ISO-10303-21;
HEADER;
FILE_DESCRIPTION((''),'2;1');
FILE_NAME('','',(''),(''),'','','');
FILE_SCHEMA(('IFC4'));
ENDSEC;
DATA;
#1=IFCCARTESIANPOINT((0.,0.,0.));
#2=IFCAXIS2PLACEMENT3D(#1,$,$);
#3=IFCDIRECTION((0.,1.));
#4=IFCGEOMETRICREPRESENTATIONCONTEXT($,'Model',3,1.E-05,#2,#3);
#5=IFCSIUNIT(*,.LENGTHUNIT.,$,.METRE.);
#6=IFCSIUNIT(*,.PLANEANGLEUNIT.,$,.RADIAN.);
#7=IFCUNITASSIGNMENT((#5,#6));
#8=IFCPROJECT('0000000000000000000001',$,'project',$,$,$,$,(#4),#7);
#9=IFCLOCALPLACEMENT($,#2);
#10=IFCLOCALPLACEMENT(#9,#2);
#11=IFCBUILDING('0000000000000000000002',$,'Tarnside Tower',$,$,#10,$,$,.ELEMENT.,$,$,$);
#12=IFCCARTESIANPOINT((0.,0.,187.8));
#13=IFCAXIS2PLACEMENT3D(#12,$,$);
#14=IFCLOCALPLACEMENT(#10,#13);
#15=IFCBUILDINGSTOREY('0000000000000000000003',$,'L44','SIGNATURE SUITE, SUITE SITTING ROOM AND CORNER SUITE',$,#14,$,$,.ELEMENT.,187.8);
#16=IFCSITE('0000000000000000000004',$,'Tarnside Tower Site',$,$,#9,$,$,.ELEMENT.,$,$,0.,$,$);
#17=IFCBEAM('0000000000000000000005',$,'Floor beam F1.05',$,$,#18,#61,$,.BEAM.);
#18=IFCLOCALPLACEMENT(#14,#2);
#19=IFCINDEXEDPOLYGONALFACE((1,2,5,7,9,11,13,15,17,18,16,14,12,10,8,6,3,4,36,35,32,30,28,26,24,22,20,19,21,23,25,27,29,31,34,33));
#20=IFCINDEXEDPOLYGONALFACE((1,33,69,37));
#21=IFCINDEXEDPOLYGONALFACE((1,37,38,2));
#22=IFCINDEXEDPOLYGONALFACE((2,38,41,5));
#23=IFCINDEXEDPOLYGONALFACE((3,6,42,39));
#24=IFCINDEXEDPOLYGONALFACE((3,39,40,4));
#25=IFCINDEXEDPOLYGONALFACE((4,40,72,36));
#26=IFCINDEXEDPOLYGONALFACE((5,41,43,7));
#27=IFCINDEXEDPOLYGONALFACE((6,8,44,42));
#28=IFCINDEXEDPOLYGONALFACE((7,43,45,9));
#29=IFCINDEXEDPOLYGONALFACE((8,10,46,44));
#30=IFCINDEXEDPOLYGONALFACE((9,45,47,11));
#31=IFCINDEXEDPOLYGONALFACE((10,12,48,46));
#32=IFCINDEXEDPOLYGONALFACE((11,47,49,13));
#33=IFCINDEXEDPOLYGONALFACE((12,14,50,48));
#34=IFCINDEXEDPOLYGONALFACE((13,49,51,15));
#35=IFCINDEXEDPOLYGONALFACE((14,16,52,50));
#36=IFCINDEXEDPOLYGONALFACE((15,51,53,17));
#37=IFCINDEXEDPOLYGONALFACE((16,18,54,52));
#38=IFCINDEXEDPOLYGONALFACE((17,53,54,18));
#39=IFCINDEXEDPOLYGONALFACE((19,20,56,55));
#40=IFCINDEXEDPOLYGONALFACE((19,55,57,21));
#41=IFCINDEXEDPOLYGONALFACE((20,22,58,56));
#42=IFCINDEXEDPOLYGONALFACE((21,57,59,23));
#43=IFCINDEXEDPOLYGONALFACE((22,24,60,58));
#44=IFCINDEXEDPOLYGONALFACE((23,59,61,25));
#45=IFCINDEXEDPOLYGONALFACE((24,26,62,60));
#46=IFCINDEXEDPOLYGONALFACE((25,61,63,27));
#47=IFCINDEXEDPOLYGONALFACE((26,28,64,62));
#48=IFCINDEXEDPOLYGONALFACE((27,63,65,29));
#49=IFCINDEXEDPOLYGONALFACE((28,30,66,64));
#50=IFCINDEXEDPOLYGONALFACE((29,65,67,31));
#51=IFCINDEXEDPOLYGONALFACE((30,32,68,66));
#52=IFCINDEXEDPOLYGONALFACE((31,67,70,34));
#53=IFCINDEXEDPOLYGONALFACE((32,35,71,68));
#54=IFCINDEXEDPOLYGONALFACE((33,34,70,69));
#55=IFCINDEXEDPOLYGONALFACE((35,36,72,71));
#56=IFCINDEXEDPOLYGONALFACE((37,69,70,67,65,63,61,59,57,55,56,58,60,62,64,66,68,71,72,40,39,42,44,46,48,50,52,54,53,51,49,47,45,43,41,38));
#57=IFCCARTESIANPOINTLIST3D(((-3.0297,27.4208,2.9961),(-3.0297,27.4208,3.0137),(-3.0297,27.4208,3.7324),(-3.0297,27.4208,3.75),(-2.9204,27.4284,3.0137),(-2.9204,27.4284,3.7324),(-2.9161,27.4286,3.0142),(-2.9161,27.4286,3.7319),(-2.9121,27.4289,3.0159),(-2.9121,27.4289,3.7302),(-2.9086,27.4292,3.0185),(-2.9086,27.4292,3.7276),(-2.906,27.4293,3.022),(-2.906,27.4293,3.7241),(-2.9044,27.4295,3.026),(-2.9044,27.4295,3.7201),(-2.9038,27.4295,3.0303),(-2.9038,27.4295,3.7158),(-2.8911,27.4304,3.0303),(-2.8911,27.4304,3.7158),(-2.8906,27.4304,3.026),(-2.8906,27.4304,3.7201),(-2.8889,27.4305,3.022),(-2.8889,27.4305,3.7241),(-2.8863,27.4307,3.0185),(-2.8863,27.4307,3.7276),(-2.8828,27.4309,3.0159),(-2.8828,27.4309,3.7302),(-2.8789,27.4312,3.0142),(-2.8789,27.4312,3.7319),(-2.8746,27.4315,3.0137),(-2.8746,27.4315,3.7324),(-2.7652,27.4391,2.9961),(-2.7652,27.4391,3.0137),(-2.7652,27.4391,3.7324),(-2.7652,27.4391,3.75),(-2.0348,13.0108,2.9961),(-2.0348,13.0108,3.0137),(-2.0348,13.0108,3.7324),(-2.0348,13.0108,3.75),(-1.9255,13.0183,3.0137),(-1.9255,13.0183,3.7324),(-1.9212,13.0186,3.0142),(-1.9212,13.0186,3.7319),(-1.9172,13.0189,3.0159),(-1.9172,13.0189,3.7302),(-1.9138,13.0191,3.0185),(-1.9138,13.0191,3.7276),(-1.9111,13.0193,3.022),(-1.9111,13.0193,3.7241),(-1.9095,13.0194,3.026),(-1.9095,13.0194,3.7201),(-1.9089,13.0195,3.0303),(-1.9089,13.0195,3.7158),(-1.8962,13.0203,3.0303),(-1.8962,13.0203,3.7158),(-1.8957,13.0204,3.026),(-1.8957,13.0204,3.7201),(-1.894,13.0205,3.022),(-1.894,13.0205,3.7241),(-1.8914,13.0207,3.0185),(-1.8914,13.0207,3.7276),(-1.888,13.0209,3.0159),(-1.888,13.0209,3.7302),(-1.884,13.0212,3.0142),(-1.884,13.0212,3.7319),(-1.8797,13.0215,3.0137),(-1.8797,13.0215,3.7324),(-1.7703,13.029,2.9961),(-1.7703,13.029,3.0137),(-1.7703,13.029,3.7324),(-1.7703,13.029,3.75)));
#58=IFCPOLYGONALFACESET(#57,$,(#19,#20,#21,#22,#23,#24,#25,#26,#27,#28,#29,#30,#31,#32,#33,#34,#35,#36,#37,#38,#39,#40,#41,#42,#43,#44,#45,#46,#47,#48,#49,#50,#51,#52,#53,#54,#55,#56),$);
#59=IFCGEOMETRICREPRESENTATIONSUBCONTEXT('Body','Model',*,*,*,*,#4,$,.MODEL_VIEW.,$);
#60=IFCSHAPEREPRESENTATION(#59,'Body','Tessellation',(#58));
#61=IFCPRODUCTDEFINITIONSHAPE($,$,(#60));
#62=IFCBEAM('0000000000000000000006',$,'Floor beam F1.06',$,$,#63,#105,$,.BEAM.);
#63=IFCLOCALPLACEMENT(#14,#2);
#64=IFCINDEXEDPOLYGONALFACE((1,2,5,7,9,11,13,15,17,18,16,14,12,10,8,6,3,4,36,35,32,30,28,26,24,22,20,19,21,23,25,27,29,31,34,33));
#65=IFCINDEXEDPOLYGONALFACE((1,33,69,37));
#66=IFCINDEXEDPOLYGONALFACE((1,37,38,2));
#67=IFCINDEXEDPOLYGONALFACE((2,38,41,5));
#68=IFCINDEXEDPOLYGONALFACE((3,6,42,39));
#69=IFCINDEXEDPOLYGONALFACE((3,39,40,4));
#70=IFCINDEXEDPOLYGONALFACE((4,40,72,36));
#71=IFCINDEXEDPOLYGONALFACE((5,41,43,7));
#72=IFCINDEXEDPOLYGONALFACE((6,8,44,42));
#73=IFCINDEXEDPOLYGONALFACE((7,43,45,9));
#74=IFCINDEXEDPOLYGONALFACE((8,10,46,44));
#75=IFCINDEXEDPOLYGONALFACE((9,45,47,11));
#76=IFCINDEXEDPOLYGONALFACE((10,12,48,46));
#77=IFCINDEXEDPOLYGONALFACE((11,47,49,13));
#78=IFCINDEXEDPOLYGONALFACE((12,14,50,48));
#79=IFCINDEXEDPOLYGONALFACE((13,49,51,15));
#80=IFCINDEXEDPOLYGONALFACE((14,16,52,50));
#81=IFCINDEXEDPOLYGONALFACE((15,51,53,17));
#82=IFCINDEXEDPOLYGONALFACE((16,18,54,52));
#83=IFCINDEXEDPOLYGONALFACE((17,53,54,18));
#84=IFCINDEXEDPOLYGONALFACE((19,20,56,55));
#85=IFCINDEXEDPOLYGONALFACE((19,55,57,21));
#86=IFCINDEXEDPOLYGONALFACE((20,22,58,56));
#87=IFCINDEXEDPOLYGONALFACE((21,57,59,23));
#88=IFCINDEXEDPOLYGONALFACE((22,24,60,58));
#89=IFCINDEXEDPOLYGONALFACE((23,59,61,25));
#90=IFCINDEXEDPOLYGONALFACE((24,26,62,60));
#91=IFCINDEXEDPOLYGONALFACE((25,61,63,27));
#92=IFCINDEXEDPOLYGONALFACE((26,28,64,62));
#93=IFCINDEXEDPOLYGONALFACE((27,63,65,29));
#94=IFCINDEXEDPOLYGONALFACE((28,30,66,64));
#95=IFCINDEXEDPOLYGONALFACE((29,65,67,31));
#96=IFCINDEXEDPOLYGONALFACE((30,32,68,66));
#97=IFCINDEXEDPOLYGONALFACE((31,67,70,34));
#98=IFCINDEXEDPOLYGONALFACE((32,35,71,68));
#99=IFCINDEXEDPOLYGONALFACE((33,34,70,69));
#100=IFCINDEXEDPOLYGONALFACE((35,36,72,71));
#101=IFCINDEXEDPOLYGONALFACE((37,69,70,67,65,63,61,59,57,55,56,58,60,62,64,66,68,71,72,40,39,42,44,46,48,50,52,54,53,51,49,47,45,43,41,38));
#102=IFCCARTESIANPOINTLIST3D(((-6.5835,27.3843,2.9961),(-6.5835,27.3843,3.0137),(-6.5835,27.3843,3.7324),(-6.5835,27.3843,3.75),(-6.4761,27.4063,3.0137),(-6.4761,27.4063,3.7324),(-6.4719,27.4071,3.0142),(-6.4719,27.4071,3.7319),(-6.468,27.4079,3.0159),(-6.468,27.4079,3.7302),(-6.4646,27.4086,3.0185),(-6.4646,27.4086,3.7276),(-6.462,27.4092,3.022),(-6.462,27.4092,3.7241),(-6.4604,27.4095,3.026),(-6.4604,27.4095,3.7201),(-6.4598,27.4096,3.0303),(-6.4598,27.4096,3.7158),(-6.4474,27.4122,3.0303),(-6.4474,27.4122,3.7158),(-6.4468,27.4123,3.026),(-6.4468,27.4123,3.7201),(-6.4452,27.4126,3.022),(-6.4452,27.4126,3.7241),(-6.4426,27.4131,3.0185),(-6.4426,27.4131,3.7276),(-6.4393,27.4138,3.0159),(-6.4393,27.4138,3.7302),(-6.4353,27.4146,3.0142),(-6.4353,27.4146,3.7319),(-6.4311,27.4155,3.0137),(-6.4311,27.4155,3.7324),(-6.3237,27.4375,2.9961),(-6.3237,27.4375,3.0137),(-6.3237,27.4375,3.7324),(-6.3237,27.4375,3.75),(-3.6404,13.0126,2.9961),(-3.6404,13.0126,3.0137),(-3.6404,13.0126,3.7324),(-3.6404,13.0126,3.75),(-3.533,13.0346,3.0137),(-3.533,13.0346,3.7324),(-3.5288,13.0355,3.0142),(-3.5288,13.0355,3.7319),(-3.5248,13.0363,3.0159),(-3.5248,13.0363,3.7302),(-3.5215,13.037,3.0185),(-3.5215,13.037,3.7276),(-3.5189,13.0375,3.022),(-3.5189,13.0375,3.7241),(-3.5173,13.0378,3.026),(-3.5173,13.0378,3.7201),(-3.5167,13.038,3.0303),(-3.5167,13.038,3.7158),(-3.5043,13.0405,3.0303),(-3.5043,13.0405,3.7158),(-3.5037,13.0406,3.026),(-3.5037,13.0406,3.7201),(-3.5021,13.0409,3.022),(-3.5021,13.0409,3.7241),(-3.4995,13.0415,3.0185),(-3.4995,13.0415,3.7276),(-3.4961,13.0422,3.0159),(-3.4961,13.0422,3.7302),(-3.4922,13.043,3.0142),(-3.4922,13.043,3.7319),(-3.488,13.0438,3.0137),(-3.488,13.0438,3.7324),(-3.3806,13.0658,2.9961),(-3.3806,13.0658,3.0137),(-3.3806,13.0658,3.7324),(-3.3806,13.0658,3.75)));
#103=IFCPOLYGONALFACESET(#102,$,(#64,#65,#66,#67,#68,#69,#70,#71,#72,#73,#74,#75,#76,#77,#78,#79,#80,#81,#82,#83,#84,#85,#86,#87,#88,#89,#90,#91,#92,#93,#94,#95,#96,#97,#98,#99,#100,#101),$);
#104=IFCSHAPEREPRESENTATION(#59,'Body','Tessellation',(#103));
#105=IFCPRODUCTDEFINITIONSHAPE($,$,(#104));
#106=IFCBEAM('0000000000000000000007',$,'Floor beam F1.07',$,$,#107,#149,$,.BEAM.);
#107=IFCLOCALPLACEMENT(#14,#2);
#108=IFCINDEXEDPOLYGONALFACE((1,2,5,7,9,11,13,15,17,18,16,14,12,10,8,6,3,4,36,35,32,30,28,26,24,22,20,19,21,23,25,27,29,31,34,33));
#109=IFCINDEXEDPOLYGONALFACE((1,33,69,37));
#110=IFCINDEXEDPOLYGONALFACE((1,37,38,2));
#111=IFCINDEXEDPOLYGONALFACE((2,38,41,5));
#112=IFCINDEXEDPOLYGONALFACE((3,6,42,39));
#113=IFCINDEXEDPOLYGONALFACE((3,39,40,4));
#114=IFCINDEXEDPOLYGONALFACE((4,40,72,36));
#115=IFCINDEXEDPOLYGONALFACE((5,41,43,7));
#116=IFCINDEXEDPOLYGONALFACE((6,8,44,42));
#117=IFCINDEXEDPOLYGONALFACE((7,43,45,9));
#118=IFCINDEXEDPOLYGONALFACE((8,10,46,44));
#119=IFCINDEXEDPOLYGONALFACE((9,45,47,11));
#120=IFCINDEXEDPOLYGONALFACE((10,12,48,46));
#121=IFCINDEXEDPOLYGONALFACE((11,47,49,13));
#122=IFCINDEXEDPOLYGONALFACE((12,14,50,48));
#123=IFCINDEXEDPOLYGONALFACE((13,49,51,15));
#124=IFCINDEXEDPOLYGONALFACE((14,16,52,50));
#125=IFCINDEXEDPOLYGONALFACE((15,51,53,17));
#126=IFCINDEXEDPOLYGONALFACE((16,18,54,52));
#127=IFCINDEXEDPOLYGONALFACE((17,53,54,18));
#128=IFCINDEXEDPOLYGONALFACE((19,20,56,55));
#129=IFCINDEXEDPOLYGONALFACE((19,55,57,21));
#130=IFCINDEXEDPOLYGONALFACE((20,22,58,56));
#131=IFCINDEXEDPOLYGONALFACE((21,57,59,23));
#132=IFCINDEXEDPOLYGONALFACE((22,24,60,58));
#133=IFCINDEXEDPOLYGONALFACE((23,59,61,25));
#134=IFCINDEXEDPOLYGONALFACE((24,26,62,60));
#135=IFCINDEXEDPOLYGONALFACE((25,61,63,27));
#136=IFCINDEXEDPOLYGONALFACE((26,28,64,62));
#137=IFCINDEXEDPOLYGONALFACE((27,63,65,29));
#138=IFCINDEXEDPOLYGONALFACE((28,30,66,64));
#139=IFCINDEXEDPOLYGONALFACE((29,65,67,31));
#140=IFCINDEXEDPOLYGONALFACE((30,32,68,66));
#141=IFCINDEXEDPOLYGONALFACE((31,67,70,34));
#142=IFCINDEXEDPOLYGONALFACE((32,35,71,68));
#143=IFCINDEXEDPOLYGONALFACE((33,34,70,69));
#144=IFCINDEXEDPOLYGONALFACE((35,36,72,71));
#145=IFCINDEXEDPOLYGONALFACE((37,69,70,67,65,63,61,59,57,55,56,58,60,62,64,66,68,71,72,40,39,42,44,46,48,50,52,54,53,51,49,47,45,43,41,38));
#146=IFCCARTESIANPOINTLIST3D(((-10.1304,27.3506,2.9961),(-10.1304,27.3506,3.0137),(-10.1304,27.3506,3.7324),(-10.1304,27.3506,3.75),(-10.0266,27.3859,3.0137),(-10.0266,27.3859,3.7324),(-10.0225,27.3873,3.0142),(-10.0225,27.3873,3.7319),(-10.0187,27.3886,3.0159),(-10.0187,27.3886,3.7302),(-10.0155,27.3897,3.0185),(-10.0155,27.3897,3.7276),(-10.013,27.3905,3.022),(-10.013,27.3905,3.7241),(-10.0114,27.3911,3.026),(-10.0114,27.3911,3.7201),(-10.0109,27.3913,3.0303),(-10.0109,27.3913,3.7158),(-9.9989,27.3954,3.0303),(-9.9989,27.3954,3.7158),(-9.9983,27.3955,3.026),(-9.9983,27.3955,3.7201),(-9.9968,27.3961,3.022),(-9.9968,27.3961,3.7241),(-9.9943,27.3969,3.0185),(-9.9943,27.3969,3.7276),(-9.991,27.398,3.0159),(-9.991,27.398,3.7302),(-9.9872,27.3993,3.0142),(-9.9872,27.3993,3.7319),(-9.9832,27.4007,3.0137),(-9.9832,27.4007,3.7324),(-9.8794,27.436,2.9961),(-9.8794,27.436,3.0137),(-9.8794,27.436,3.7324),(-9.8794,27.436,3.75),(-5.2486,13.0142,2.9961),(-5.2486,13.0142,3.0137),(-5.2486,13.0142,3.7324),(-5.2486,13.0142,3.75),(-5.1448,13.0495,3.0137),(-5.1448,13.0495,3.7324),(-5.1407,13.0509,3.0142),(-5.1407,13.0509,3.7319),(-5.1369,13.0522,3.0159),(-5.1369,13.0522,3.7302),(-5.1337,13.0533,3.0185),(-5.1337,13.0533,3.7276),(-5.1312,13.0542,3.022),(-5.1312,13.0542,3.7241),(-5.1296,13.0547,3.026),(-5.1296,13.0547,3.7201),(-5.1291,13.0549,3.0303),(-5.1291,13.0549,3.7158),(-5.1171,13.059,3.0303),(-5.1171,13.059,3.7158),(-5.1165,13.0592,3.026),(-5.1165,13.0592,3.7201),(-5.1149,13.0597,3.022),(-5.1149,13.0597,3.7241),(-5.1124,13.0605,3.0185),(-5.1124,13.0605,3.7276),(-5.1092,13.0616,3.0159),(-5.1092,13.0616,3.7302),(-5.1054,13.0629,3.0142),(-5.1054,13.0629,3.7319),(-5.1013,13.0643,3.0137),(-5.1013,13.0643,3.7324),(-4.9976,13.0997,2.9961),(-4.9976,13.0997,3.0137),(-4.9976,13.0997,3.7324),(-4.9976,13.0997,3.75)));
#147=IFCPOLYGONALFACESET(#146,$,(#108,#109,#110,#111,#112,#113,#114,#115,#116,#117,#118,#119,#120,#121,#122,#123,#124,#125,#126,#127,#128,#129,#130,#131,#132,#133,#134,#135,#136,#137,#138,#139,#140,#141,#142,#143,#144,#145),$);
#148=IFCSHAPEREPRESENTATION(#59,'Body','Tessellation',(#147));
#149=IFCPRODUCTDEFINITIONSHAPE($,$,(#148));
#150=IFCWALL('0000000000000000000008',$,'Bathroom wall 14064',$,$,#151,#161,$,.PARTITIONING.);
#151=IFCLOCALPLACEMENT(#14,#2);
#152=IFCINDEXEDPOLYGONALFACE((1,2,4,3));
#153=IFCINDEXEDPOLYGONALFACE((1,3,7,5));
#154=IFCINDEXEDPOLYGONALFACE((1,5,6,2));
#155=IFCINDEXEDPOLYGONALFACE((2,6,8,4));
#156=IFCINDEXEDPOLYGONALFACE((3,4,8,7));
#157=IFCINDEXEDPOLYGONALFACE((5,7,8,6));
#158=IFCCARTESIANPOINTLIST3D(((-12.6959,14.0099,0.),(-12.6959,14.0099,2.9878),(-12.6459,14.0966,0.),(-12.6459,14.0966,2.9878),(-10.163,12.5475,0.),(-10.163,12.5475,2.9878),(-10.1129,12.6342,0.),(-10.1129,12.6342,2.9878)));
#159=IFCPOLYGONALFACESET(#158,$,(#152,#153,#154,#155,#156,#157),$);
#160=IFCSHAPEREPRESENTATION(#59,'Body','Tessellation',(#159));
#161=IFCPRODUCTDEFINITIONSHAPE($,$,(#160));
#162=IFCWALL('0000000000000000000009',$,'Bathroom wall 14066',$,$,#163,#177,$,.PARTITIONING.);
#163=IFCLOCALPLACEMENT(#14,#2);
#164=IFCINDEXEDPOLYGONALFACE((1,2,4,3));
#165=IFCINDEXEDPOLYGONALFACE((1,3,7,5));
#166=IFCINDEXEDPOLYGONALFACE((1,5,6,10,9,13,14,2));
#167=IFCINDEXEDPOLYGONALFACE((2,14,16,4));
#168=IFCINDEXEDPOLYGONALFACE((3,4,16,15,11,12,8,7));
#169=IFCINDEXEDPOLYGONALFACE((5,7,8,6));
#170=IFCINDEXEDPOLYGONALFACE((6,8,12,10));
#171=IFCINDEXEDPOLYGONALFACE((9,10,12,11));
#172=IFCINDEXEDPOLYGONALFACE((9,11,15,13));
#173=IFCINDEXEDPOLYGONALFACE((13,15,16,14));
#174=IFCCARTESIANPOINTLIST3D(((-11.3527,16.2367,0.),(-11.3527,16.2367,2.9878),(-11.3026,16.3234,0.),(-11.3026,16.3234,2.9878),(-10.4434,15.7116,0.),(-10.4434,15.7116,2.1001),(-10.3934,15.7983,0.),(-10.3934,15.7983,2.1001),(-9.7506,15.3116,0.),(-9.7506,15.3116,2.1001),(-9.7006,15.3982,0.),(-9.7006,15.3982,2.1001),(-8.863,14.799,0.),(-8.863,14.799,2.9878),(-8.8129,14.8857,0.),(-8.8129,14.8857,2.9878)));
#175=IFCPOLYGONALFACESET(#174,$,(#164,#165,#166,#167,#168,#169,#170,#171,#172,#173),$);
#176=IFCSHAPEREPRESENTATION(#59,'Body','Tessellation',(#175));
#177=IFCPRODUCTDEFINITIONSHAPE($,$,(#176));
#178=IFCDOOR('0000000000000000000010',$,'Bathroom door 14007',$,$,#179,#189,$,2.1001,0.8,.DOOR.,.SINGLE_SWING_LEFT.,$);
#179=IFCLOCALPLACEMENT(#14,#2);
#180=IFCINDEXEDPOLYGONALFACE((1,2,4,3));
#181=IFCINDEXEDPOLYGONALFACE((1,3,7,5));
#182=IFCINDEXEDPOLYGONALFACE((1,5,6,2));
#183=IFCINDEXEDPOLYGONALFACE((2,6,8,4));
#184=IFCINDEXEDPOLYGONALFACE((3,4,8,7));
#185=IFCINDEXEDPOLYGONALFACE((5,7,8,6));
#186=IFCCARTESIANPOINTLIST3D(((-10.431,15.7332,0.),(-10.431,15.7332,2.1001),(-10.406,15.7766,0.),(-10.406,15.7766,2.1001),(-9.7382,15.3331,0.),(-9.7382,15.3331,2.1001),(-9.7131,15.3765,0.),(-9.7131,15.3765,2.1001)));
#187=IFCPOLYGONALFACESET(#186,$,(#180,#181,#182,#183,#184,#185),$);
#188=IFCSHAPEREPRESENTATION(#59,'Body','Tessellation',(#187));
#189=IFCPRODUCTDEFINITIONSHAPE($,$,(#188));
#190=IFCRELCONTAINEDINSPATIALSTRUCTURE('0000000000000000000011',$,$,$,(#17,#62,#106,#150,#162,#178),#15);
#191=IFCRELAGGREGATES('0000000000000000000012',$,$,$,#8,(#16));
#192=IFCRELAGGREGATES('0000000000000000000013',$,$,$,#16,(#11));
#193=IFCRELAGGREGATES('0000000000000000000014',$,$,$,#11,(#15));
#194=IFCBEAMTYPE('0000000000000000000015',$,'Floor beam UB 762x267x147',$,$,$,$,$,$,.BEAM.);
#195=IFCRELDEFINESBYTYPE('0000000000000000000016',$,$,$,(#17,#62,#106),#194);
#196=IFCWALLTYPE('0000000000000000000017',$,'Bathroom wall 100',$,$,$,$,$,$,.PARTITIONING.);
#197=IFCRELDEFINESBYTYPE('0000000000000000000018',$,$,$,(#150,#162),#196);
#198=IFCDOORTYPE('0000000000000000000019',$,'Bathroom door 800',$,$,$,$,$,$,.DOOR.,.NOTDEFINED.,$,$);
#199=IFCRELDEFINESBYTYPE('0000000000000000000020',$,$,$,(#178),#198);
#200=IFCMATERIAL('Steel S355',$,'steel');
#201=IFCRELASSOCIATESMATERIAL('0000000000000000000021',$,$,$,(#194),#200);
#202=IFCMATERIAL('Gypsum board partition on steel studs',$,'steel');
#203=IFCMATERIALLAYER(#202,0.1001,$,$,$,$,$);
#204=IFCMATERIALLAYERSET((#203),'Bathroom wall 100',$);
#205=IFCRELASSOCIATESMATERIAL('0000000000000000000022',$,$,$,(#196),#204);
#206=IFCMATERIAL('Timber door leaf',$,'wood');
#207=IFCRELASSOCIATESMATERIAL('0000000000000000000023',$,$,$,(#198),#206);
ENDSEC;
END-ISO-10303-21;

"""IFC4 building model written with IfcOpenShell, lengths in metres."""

from ifc_helpers import new_model, si_unit, direction, frame, frame_2d, origin, origin_2d, place, context, subcontext, project, spatial, rectangle, i_section, extrude, material, layer, layer_set, material_profile, profile_set, type_object, element, fill, save


model = new_model("IFC4")

# Units and contexts
model_context = context("Model", 3, precision=1e-05, world=origin(), true_north=direction((0.0, 1.0)))
body_context = subcontext(model_context, "Body", "Model", "MODEL_VIEW")
ifc_project = project(units=[si_unit("LENGTHUNIT", "METRE"), si_unit("PLANEANGLEUNIT", "RADIAN")], contexts=[model_context])

# Site, building, storey
site_placement = place(None, origin())
site = spatial("IfcSite", under=ifc_project, at=site_placement, Name="Tarnside Tower Site", CompositionType="ELEMENT", RefElevation=0.0)
building_placement = place(site_placement, origin())
building = spatial("IfcBuilding", under=site, at=building_placement, Name="Tarnside Tower", CompositionType="ELEMENT")
storey_placement = place(building_placement, frame((0.0, 0.0, 187.8)))
storey = spatial("IfcBuildingStorey", under=building, at=storey_placement, Name="L44", Description="SIGNATURE SUITE, SUITE SITTING ROOM AND CORNER SUITE", CompositionType="ELEMENT", Elevation=187.8)

# Beams
ifc_material_1 = material(Name="Steel S355", Category="steel")
ifc_material_profile = material_profile(ifc_material_1, i_section(OverallWidth=0.2651, OverallDepth=0.7539, WebThickness=0.0127, FlangeThickness=0.0176, FilletRadius=0.0166, at=origin_2d()), Name="UB 762x267x147")
ifc_profile_set = profile_set([ifc_material_profile], Name="Steel S355")
beam_type = type_object("IfcBeamType", Name="Floor beam UB 762x267x147", PredefinedType="BEAM", material=ifc_profile_set)
beam_1_placement = place(storey_placement, frame((-2.8975, 27.4299, 3.373), z_axis=(0.068877, -0.997625, 0.0), x_axis=(0.997625, 0.068877, 0.0)))
element("IfcBeam", 1, at=beam_1_placement, inside=storey, type_object=beam_type, Name="Floor beam F1.05", PredefinedType="BEAM", context=body_context, shape_type="SweptSolid", body=[
    extrude(i_section(OverallWidth=0.2651, OverallDepth=0.7539, WebThickness=0.0127, FlangeThickness=0.0176, FilletRadius=0.0166, at=origin_2d()), origin(), (0.0, 0.0, 1.0), 14.4443),
])
beam_2_placement = place(storey_placement, frame((-6.4536, 27.4109, 3.373), z_axis=(0.200623, -0.979668, 0.0), x_axis=(0.979668, 0.200623, 0.0)))
element("IfcBeam", 2, at=beam_2_placement, inside=storey, type_object=beam_type, Name="Floor beam F1.06", PredefinedType="BEAM", context=body_context, shape_type="SweptSolid", body=[
    extrude(i_section(OverallWidth=0.2651, OverallDepth=0.7539, WebThickness=0.0127, FlangeThickness=0.0176, FilletRadius=0.0166, at=origin_2d()), origin(), (0.0, 0.0, 1.0), 14.6699),
])
beam_3_placement = place(storey_placement, frame((-10.0049, 27.3933, 3.373), z_axis=(0.322344, -0.946623, 0.0), x_axis=(0.946623, 0.322344, 0.0)))
element("IfcBeam", 3, at=beam_3_placement, inside=storey, type_object=beam_type, Name="Floor beam F1.07", PredefinedType="BEAM", context=body_context, shape_type="SweptSolid", body=[
    extrude(i_section(OverallWidth=0.2651, OverallDepth=0.7539, WebThickness=0.0127, FlangeThickness=0.0176, FilletRadius=0.0166, at=origin_2d()), origin(), (0.0, 0.0, 1.0), 15.1448),
])

# Wall
ifc_material_2 = material(Name="Gypsum board partition on steel studs", Category="steel")
ifc_layer_1 = layer(ifc_material_2, 0.1001)
ifc_layer_set_1 = layer_set([ifc_layer_1], Name="Bathroom wall 100")
wall_type_1 = type_object("IfcWallType", Name="Bathroom wall 100", PredefinedType="PARTITIONING", material=ifc_layer_set_1)
wall_1_placement = place(storey_placement, frame((-10.1379, 12.5908, 0.0), z_axis=(0.0, 0.0, 1.0), x_axis=(-0.866026, 0.499999, 0.0)))
element("IfcWall", 4, at=wall_1_placement, inside=storey, type_object=wall_type_1, Name="Bathroom wall 14064", PredefinedType="PARTITIONING", context=body_context, shape_type="SweptSolid", body=[
    extrude(rectangle(XDim=2.9248, YDim=0.1001, at=frame_2d((1.4624, 0.0))), origin(), (0.0, 0.0, 1.0), 2.9878),
])

# Wall, opening, door
wall_2_placement = place(storey_placement, frame((-11.3276, 16.28, 0.0), z_axis=(0.0, 0.0, 1.0), x_axis=(0.865982, -0.500075, 0.0)))
wall_2 = element("IfcWall", 5, at=wall_2_placement, inside=storey, type_object=wall_type_1, Name="Bathroom wall 14066", PredefinedType="PARTITIONING", context=body_context, shape_type="SweptSolid", body=[
    extrude(rectangle(XDim=2.875, YDim=0.1001, at=frame_2d((1.4375, 0.0))), origin(), (0.0, 0.0, 1.0), 2.9878),
])
opening_1_placement = place(wall_2_placement, frame((1.05, 0.0, 0.0)))
opening_1 = element("IfcOpeningElement", 6, at=opening_1_placement, cuts=wall_2, PredefinedType="OPENING", context=body_context, shape_type="SweptSolid", body=[
    extrude(rectangle(XDim=0.8, YDim=2.1001, at=frame_2d((0.3999, 1.05))), frame((0.0, 0.0601, 0.0), z_axis=(0.0, -1.0, 0.0), x_axis=(1.0, 0.0, 0.0)), (0.0, 0.0, 1.0), 0.1201),
])
ifc_material_3 = material(Name="Timber door leaf", Category="wood")
door_type_1 = type_object("IfcDoorType", Name="Bathroom door 800", OperationType="NOTDEFINED", PredefinedType="DOOR", material=ifc_material_3)
door_1_placement = place(opening_1_placement, origin())
door_1 = element("IfcDoor", 7, at=door_1_placement, inside=storey, type_object=door_type_1, Name="Bathroom door 14007", OperationType="SINGLE_SWING_LEFT", OverallHeight=2.1001, OverallWidth=0.8, PredefinedType="DOOR", context=body_context, shape_type="SweptSolid", body=[
    extrude(rectangle(XDim=0.8, YDim=2.1001, at=frame_2d((0.3999, 1.05))), frame((0.0, 0.0249, 0.0), z_axis=(0.0, -1.0, 0.0), x_axis=(1.0, 0.0, 0.0)), (0.0, 0.0, 1.0), 0.05),
])
fill(opening_1, door_1)

save(model, "model.ifc")
